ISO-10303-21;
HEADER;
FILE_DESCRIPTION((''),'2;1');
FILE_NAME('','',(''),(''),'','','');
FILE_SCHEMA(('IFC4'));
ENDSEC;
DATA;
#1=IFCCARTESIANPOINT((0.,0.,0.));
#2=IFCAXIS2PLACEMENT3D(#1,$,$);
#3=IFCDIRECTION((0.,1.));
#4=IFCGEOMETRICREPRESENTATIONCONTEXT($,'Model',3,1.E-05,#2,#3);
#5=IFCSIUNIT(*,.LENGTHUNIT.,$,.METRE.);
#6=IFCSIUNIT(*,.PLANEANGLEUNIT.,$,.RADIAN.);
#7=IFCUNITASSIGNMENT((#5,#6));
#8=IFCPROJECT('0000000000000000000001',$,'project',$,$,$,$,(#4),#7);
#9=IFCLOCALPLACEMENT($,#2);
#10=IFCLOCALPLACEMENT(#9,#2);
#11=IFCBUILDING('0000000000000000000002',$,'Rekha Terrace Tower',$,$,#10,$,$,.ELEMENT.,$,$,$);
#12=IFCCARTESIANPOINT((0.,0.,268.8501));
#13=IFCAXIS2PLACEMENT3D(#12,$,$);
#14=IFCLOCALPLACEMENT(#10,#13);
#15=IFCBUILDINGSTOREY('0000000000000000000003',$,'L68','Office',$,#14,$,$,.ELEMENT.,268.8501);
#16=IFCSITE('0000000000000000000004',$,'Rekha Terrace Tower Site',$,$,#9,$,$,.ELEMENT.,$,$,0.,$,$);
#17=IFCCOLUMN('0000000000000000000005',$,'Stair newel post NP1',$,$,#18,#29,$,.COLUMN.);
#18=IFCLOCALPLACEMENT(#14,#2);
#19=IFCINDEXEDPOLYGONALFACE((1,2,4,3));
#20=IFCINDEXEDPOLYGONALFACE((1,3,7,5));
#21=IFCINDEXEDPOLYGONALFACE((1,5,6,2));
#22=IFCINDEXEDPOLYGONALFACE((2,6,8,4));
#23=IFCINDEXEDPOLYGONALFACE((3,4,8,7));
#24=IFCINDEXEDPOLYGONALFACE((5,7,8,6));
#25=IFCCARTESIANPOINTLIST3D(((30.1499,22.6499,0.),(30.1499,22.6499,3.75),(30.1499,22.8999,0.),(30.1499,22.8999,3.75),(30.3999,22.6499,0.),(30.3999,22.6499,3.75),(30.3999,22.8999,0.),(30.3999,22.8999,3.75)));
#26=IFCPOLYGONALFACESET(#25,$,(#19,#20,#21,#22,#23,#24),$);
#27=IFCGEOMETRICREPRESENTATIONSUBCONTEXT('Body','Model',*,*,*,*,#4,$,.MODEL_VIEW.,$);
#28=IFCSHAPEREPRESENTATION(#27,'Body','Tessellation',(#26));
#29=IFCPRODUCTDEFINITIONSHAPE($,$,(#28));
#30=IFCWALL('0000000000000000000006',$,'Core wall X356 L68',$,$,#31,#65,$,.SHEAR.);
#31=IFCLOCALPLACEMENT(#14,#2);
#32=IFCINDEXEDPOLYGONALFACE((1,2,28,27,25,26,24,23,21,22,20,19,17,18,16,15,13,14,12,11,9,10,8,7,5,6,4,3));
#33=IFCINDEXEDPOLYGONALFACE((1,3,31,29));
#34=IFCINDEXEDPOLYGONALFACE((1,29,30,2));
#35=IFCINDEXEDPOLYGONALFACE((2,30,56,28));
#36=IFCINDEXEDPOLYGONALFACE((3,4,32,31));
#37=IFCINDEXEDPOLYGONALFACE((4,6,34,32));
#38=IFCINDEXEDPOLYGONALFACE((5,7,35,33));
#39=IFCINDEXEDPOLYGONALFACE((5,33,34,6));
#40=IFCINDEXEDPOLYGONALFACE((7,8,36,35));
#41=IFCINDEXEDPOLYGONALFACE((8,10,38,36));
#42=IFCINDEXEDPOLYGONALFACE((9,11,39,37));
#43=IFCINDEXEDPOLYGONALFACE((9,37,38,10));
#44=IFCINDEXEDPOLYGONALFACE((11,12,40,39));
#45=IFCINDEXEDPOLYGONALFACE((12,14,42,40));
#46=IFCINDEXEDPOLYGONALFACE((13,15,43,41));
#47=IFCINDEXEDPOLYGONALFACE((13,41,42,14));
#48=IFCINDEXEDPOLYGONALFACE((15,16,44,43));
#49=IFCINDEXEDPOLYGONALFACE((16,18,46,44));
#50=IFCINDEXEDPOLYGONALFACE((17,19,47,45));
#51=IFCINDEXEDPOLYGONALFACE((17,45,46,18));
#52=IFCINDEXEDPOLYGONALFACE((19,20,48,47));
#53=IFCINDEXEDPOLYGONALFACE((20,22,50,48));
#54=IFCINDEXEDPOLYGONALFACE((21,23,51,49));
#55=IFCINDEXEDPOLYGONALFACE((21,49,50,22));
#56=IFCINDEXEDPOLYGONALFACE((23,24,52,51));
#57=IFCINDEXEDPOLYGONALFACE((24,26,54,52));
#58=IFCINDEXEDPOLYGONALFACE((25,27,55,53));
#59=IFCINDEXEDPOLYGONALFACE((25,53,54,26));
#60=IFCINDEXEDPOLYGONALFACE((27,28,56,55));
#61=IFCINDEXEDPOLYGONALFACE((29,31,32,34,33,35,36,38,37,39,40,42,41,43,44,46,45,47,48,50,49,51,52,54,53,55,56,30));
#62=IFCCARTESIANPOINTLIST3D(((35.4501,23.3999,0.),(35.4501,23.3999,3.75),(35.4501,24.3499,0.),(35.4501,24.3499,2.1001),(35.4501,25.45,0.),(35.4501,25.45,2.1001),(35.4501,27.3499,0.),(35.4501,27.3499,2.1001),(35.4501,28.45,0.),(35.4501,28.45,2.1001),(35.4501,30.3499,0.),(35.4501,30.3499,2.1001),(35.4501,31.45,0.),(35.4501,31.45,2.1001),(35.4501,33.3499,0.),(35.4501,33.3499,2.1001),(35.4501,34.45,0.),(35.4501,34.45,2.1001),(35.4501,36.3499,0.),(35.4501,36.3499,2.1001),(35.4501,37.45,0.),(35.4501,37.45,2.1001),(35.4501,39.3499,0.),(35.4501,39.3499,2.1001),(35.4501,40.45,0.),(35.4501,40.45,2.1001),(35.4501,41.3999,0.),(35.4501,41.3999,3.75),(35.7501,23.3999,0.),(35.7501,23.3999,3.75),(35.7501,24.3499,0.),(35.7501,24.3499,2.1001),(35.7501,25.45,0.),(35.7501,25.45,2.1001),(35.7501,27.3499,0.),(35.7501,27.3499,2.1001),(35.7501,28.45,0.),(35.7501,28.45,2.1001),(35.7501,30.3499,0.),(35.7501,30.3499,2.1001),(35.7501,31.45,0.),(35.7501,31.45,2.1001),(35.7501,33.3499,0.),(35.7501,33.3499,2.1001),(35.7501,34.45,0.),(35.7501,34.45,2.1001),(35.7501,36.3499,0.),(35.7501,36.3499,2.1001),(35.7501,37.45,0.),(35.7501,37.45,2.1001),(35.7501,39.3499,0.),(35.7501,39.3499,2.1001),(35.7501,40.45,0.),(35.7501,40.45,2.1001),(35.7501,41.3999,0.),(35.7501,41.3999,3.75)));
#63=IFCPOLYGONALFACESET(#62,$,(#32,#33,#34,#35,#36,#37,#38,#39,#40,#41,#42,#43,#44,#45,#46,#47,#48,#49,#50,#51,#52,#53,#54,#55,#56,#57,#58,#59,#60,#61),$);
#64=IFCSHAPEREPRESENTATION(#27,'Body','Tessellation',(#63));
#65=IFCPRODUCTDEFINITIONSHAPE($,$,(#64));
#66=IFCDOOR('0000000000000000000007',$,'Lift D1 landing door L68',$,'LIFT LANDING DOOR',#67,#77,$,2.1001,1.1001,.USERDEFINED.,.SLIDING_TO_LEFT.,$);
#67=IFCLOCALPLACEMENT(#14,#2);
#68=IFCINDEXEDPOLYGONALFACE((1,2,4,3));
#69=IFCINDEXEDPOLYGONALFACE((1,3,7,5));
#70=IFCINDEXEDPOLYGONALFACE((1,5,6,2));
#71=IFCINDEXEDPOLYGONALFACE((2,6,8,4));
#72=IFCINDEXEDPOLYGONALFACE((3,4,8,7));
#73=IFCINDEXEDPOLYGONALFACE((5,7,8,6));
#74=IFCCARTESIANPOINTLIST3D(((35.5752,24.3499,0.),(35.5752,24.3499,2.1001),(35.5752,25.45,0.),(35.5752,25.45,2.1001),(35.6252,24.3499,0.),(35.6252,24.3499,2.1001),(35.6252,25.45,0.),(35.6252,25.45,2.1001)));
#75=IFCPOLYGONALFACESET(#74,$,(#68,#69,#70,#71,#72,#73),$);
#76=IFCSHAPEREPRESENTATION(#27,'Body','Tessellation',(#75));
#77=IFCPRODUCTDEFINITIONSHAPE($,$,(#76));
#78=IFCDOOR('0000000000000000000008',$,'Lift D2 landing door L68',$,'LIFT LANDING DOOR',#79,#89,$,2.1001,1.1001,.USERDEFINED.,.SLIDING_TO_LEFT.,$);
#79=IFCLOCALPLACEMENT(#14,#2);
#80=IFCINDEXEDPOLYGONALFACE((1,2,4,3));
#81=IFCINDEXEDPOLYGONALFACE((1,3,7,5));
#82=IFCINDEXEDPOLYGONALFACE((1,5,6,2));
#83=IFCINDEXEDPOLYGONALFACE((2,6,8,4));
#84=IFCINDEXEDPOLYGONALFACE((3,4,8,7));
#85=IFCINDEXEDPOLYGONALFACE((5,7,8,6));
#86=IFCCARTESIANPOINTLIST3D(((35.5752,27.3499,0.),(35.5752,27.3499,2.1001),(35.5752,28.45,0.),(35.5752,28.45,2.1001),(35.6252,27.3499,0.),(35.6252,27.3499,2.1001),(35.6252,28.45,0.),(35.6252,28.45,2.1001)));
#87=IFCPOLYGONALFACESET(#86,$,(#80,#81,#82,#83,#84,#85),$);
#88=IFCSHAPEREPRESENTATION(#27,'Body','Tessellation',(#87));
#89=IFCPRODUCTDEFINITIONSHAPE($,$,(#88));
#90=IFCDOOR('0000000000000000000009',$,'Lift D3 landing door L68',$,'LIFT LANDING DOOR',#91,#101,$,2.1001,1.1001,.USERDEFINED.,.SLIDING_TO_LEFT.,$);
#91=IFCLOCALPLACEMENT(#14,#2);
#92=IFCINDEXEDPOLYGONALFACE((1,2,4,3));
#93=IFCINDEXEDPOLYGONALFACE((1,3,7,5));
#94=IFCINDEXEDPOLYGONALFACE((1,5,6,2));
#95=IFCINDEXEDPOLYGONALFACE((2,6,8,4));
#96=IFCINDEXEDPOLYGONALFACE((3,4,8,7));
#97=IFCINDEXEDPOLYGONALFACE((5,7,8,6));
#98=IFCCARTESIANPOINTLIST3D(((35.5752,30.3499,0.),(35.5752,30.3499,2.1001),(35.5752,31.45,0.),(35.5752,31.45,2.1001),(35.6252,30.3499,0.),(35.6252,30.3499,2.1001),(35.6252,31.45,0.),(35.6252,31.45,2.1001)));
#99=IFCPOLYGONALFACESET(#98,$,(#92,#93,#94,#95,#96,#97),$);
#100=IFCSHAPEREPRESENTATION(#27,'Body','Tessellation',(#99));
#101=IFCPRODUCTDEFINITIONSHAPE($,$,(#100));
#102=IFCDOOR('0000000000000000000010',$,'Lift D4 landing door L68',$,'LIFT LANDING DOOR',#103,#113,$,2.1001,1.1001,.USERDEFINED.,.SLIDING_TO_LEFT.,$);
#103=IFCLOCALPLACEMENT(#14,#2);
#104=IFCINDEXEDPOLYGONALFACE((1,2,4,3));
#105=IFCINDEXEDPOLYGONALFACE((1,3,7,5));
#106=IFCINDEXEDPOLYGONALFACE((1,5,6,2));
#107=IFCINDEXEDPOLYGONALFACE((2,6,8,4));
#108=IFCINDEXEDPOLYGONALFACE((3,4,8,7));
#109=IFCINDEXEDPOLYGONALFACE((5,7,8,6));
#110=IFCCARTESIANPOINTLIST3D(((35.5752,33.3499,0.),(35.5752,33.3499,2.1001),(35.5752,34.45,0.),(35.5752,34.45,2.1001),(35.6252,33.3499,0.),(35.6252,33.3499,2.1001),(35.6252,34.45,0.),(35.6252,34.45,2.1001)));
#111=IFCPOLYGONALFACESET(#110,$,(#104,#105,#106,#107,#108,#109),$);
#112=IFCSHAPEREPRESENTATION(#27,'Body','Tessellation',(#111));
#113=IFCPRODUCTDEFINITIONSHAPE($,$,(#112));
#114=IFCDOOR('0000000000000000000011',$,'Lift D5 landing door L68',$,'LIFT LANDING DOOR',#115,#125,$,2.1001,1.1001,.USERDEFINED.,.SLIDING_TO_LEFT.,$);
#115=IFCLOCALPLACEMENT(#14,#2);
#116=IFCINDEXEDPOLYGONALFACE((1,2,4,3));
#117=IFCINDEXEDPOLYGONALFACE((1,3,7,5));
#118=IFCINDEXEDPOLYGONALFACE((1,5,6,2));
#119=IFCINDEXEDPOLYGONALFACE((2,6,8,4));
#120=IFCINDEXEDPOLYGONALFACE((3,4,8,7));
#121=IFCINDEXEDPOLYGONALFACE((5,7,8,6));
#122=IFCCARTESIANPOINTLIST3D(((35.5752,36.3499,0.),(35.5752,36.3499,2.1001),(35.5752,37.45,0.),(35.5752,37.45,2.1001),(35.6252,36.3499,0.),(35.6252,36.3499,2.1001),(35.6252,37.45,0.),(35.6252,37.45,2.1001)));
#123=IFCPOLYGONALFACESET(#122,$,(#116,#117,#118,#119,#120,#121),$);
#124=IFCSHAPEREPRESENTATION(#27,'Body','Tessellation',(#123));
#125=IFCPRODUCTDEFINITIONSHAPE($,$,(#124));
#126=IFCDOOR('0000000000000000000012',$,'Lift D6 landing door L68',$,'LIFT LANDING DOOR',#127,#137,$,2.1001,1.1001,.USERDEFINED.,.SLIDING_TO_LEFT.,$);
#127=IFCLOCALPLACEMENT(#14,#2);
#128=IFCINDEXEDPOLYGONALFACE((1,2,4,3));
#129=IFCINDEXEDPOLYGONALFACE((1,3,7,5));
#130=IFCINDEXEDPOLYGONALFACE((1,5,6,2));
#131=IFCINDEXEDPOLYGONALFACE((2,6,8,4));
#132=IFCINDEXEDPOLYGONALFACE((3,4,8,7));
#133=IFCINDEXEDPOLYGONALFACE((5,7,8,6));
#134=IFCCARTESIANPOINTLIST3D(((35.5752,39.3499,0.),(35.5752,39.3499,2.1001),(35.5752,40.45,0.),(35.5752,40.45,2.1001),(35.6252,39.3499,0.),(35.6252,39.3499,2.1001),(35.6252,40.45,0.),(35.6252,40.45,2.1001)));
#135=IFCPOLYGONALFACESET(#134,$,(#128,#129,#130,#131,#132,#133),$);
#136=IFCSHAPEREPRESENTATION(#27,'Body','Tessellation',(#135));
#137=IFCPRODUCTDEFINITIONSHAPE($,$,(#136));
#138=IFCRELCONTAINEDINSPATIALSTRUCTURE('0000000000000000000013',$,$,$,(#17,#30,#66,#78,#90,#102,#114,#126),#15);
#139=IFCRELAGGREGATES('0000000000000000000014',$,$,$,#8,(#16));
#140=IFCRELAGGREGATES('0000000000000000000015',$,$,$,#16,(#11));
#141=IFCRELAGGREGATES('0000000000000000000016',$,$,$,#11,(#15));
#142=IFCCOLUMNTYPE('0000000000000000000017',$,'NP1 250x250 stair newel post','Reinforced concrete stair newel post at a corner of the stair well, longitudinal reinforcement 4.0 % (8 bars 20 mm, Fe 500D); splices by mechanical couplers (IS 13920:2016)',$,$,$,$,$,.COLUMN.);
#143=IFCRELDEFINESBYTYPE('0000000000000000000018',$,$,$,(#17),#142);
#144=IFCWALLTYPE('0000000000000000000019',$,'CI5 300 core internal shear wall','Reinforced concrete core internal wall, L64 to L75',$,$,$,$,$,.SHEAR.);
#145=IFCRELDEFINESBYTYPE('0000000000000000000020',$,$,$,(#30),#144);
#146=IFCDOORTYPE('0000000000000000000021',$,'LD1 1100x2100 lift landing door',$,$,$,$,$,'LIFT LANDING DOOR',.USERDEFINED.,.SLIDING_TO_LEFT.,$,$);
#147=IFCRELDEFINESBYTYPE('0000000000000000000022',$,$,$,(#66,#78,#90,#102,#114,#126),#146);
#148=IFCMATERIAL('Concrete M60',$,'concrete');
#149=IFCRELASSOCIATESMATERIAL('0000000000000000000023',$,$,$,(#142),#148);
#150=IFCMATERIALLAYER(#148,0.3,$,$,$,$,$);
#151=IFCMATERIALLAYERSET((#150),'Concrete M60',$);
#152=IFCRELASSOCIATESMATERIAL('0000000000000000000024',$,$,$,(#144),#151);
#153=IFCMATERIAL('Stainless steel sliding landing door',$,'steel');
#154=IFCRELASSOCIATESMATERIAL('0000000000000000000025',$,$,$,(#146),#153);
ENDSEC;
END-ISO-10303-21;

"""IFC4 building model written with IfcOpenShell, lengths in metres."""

from ifc_helpers import new_model, si_unit, direction, frame, frame_2d, origin, origin_2d, place, context, subcontext, project, spatial, rectangle, extrude, material, layer, layer_set, material_profile, profile_set, type_object, element, fill, save


model = new_model("IFC4")

# Units and contexts
model_context = context("Model", 3, precision=1e-05, world=origin(), true_north=direction((0.0, 1.0)))
body_context = subcontext(model_context, "Body", "Model", "MODEL_VIEW")
ifc_project = project(units=[si_unit("LENGTHUNIT", "METRE"), si_unit("PLANEANGLEUNIT", "RADIAN")], contexts=[model_context])

# Site, building, storey
site_placement = place(None, origin())
site = spatial("IfcSite", under=ifc_project, at=site_placement, Name="Rekha Terrace Tower Site", CompositionType="ELEMENT", RefElevation=0.0)
building_placement = place(site_placement, origin())
building = spatial("IfcBuilding", under=site, at=building_placement, Name="Rekha Terrace Tower", CompositionType="ELEMENT")
storey_placement = place(building_placement, frame((0.0, 0.0, 268.8501)))
storey = spatial("IfcBuildingStorey", under=building, at=storey_placement, Name="L68", Description="Office", CompositionType="ELEMENT", Elevation=268.8501)

# Column
ifc_material_1 = material(Name="Concrete M60", Category="concrete")
ifc_material_profile = material_profile(ifc_material_1, rectangle(XDim=0.25, YDim=0.25, at=origin_2d()), Name="RC 250x250")
ifc_profile_set = profile_set([ifc_material_profile], Name="Concrete M60")
column_type = type_object("IfcColumnType", Name="NP1 250x250 stair newel post", Description="Reinforced concrete stair newel post at a corner of the stair well, longitudinal reinforcement 4.0 % (8 bars 20 mm, Fe 500D); splices by mechanical couplers (IS 13920:2016)", PredefinedType="COLUMN", material=ifc_profile_set)
column_placement = place(storey_placement, frame((30.2749, 22.7749, 0.0), z_axis=(0.0, 0.0, 1.0), x_axis=(1.0, 0.0, 0.0)))
element("IfcColumn", 1, at=column_placement, inside=storey, type_object=column_type, Name="Stair newel post NP1", PredefinedType="COLUMN", context=body_context, shape_type="SweptSolid", body=[
    extrude(rectangle(XDim=0.25, YDim=0.25, at=origin_2d()), origin(), (0.0, 0.0, 1.0), 3.75),
])

# Wall, openings, doors
ifc_layer_1 = layer(ifc_material_1, 0.3)
ifc_layer_set_1 = layer_set([ifc_layer_1], Name="Concrete M60")
wall_type_1 = type_object("IfcWallType", Name="CI5 300 core internal shear wall", Description="Reinforced concrete core internal wall, L64 to L75", PredefinedType="SHEAR", material=ifc_layer_set_1)
wall_1_placement = place(storey_placement, frame((35.6001, 23.3999, 0.0), z_axis=(0.0, 0.0, 1.0), x_axis=(0.0, 1.0, 0.0)))
wall_1 = element("IfcWall", 2, at=wall_1_placement, inside=storey, type_object=wall_type_1, Name="Core wall X356 L68", PredefinedType="SHEAR", context=body_context, shape_type="SweptSolid", body=[
    extrude(rectangle(XDim=18.0, YDim=0.3, at=frame_2d((9.0, 0.0))), origin(), (0.0, 0.0, 1.0), 3.75),
])
opening_1_placement = place(wall_1_placement, frame((0.95, 0.0, 0.0)))
opening_1 = element("IfcOpeningElement", 3, at=opening_1_placement, cuts=wall_1, PredefinedType="OPENING", context=body_context, shape_type="SweptSolid", body=[
    extrude(rectangle(XDim=1.1001, YDim=2.1001, at=frame_2d((0.55, 1.05))), frame((0.0, 0.1599, 0.0), z_axis=(0.0, -1.0, 0.0), x_axis=(1.0, 0.0, 0.0)), (0.0, 0.0, 1.0), 0.3201),
])
opening_2_placement = place(wall_1_placement, frame((3.95, 0.0, 0.0)))
opening_2 = element("IfcOpeningElement", 4, at=opening_2_placement, cuts=wall_1, PredefinedType="OPENING", context=body_context, shape_type="SweptSolid", body=[
    extrude(rectangle(XDim=1.1001, YDim=2.1001, at=frame_2d((0.55, 1.05))), frame((0.0, 0.1599, 0.0), z_axis=(0.0, -1.0, 0.0), x_axis=(1.0, 0.0, 0.0)), (0.0, 0.0, 1.0), 0.3201),
])
opening_3_placement = place(wall_1_placement, frame((6.95, 0.0, 0.0)))
opening_3 = element("IfcOpeningElement", 5, at=opening_3_placement, cuts=wall_1, PredefinedType="OPENING", context=body_context, shape_type="SweptSolid", body=[
    extrude(rectangle(XDim=1.1001, YDim=2.1001, at=frame_2d((0.55, 1.05))), frame((0.0, 0.1599, 0.0), z_axis=(0.0, -1.0, 0.0), x_axis=(1.0, 0.0, 0.0)), (0.0, 0.0, 1.0), 0.3201),
])
opening_4_placement = place(wall_1_placement, frame((9.95, 0.0, 0.0)))
opening_4 = element("IfcOpeningElement", 6, at=opening_4_placement, cuts=wall_1, PredefinedType="OPENING", context=body_context, shape_type="SweptSolid", body=[
    extrude(rectangle(XDim=1.1001, YDim=2.1001, at=frame_2d((0.55, 1.05))), frame((0.0, 0.1599, 0.0), z_axis=(0.0, -1.0, 0.0), x_axis=(1.0, 0.0, 0.0)), (0.0, 0.0, 1.0), 0.3201),
])
opening_5_placement = place(wall_1_placement, frame((12.95, 0.0, 0.0)))
opening_5 = element("IfcOpeningElement", 7, at=opening_5_placement, cuts=wall_1, PredefinedType="OPENING", context=body_context, shape_type="SweptSolid", body=[
    extrude(rectangle(XDim=1.1001, YDim=2.1001, at=frame_2d((0.55, 1.05))), frame((0.0, 0.1599, 0.0), z_axis=(0.0, -1.0, 0.0), x_axis=(1.0, 0.0, 0.0)), (0.0, 0.0, 1.0), 0.3201),
])
opening_6_placement = place(wall_1_placement, frame((15.95, 0.0, 0.0)))
opening_6 = element("IfcOpeningElement", 8, at=opening_6_placement, cuts=wall_1, PredefinedType="OPENING", context=body_context, shape_type="SweptSolid", body=[
    extrude(rectangle(XDim=1.1001, YDim=2.1001, at=frame_2d((0.55, 1.05))), frame((0.0, 0.1599, 0.0), z_axis=(0.0, -1.0, 0.0), x_axis=(1.0, 0.0, 0.0)), (0.0, 0.0, 1.0), 0.3201),
])
ifc_material_2 = material(Name="Stainless steel sliding landing door", Category="steel")
door_type_1 = type_object("IfcDoorType", Name="LD1 1100x2100 lift landing door", ElementType="LIFT LANDING DOOR", OperationType="SLIDING_TO_LEFT", PredefinedType="USERDEFINED", material=ifc_material_2)
door_1_placement = place(opening_1_placement, origin())
door_1 = element("IfcDoor", 9, at=door_1_placement, inside=storey, type_object=door_type_1, Name="Lift D1 landing door L68", ObjectType="LIFT LANDING DOOR", OperationType="SLIDING_TO_LEFT", OverallHeight=2.1001, OverallWidth=1.1001, PredefinedType="USERDEFINED", context=body_context, shape_type="SweptSolid", body=[
    extrude(rectangle(XDim=1.1001, YDim=2.1001, at=frame_2d((0.55, 1.05))), frame((0.0, 0.0249, 0.0), z_axis=(0.0, -1.0, 0.0), x_axis=(1.0, 0.0, 0.0)), (0.0, 0.0, 1.0), 0.05),
])
fill(opening_1, door_1)
door_2_placement = place(opening_2_placement, origin())
door_2 = element("IfcDoor", 10, at=door_2_placement, inside=storey, type_object=door_type_1, Name="Lift D2 landing door L68", ObjectType="LIFT LANDING DOOR", OperationType="SLIDING_TO_LEFT", OverallHeight=2.1001, OverallWidth=1.1001, PredefinedType="USERDEFINED", context=body_context, shape_type="SweptSolid", body=[
    extrude(rectangle(XDim=1.1001, YDim=2.1001, at=frame_2d((0.55, 1.05))), frame((0.0, 0.0249, 0.0), z_axis=(0.0, -1.0, 0.0), x_axis=(1.0, 0.0, 0.0)), (0.0, 0.0, 1.0), 0.05),
])
fill(opening_2, door_2)
door_3_placement = place(opening_3_placement, origin())
door_3 = element("IfcDoor", 11, at=door_3_placement, inside=storey, type_object=door_type_1, Name="Lift D3 landing door L68", ObjectType="LIFT LANDING DOOR", OperationType="SLIDING_TO_LEFT", OverallHeight=2.1001, OverallWidth=1.1001, PredefinedType="USERDEFINED", context=body_context, shape_type="SweptSolid", body=[
    extrude(rectangle(XDim=1.1001, YDim=2.1001, at=frame_2d((0.55, 1.05))), frame((0.0, 0.0249, 0.0), z_axis=(0.0, -1.0, 0.0), x_axis=(1.0, 0.0, 0.0)), (0.0, 0.0, 1.0), 0.05),
])
fill(opening_3, door_3)
door_4_placement = place(opening_4_placement, origin())
door_4 = element("IfcDoor", 12, at=door_4_placement, inside=storey, type_object=door_type_1, Name="Lift D4 landing door L68", ObjectType="LIFT LANDING DOOR", OperationType="SLIDING_TO_LEFT", OverallHeight=2.1001, OverallWidth=1.1001, PredefinedType="USERDEFINED", context=body_context, shape_type="SweptSolid", body=[
    extrude(rectangle(XDim=1.1001, YDim=2.1001, at=frame_2d((0.55, 1.05))), frame((0.0, 0.0249, 0.0), z_axis=(0.0, -1.0, 0.0), x_axis=(1.0, 0.0, 0.0)), (0.0, 0.0, 1.0), 0.05),
])
fill(opening_4, door_4)
door_5_placement = place(opening_5_placement, origin())
door_5 = element("IfcDoor", 13, at=door_5_placement, inside=storey, type_object=door_type_1, Name="Lift D5 landing door L68", ObjectType="LIFT LANDING DOOR", OperationType="SLIDING_TO_LEFT", OverallHeight=2.1001, OverallWidth=1.1001, PredefinedType="USERDEFINED", context=body_context, shape_type="SweptSolid", body=[
    extrude(rectangle(XDim=1.1001, YDim=2.1001, at=frame_2d((0.55, 1.05))), frame((0.0, 0.0249, 0.0), z_axis=(0.0, -1.0, 0.0), x_axis=(1.0, 0.0, 0.0)), (0.0, 0.0, 1.0), 0.05),
])
fill(opening_5, door_5)
door_6_placement = place(opening_6_placement, origin())
door_6 = element("IfcDoor", 14, at=door_6_placement, inside=storey, type_object=door_type_1, Name="Lift D6 landing door L68", ObjectType="LIFT LANDING DOOR", OperationType="SLIDING_TO_LEFT", OverallHeight=2.1001, OverallWidth=1.1001, PredefinedType="USERDEFINED", context=body_context, shape_type="SweptSolid", body=[
    extrude(rectangle(XDim=1.1001, YDim=2.1001, at=frame_2d((0.55, 1.05))), frame((0.0, 0.0249, 0.0), z_axis=(0.0, -1.0, 0.0), x_axis=(1.0, 0.0, 0.0)), (0.0, 0.0, 1.0), 0.05),
])
fill(opening_6, door_6)

save(model, "model.ifc")
